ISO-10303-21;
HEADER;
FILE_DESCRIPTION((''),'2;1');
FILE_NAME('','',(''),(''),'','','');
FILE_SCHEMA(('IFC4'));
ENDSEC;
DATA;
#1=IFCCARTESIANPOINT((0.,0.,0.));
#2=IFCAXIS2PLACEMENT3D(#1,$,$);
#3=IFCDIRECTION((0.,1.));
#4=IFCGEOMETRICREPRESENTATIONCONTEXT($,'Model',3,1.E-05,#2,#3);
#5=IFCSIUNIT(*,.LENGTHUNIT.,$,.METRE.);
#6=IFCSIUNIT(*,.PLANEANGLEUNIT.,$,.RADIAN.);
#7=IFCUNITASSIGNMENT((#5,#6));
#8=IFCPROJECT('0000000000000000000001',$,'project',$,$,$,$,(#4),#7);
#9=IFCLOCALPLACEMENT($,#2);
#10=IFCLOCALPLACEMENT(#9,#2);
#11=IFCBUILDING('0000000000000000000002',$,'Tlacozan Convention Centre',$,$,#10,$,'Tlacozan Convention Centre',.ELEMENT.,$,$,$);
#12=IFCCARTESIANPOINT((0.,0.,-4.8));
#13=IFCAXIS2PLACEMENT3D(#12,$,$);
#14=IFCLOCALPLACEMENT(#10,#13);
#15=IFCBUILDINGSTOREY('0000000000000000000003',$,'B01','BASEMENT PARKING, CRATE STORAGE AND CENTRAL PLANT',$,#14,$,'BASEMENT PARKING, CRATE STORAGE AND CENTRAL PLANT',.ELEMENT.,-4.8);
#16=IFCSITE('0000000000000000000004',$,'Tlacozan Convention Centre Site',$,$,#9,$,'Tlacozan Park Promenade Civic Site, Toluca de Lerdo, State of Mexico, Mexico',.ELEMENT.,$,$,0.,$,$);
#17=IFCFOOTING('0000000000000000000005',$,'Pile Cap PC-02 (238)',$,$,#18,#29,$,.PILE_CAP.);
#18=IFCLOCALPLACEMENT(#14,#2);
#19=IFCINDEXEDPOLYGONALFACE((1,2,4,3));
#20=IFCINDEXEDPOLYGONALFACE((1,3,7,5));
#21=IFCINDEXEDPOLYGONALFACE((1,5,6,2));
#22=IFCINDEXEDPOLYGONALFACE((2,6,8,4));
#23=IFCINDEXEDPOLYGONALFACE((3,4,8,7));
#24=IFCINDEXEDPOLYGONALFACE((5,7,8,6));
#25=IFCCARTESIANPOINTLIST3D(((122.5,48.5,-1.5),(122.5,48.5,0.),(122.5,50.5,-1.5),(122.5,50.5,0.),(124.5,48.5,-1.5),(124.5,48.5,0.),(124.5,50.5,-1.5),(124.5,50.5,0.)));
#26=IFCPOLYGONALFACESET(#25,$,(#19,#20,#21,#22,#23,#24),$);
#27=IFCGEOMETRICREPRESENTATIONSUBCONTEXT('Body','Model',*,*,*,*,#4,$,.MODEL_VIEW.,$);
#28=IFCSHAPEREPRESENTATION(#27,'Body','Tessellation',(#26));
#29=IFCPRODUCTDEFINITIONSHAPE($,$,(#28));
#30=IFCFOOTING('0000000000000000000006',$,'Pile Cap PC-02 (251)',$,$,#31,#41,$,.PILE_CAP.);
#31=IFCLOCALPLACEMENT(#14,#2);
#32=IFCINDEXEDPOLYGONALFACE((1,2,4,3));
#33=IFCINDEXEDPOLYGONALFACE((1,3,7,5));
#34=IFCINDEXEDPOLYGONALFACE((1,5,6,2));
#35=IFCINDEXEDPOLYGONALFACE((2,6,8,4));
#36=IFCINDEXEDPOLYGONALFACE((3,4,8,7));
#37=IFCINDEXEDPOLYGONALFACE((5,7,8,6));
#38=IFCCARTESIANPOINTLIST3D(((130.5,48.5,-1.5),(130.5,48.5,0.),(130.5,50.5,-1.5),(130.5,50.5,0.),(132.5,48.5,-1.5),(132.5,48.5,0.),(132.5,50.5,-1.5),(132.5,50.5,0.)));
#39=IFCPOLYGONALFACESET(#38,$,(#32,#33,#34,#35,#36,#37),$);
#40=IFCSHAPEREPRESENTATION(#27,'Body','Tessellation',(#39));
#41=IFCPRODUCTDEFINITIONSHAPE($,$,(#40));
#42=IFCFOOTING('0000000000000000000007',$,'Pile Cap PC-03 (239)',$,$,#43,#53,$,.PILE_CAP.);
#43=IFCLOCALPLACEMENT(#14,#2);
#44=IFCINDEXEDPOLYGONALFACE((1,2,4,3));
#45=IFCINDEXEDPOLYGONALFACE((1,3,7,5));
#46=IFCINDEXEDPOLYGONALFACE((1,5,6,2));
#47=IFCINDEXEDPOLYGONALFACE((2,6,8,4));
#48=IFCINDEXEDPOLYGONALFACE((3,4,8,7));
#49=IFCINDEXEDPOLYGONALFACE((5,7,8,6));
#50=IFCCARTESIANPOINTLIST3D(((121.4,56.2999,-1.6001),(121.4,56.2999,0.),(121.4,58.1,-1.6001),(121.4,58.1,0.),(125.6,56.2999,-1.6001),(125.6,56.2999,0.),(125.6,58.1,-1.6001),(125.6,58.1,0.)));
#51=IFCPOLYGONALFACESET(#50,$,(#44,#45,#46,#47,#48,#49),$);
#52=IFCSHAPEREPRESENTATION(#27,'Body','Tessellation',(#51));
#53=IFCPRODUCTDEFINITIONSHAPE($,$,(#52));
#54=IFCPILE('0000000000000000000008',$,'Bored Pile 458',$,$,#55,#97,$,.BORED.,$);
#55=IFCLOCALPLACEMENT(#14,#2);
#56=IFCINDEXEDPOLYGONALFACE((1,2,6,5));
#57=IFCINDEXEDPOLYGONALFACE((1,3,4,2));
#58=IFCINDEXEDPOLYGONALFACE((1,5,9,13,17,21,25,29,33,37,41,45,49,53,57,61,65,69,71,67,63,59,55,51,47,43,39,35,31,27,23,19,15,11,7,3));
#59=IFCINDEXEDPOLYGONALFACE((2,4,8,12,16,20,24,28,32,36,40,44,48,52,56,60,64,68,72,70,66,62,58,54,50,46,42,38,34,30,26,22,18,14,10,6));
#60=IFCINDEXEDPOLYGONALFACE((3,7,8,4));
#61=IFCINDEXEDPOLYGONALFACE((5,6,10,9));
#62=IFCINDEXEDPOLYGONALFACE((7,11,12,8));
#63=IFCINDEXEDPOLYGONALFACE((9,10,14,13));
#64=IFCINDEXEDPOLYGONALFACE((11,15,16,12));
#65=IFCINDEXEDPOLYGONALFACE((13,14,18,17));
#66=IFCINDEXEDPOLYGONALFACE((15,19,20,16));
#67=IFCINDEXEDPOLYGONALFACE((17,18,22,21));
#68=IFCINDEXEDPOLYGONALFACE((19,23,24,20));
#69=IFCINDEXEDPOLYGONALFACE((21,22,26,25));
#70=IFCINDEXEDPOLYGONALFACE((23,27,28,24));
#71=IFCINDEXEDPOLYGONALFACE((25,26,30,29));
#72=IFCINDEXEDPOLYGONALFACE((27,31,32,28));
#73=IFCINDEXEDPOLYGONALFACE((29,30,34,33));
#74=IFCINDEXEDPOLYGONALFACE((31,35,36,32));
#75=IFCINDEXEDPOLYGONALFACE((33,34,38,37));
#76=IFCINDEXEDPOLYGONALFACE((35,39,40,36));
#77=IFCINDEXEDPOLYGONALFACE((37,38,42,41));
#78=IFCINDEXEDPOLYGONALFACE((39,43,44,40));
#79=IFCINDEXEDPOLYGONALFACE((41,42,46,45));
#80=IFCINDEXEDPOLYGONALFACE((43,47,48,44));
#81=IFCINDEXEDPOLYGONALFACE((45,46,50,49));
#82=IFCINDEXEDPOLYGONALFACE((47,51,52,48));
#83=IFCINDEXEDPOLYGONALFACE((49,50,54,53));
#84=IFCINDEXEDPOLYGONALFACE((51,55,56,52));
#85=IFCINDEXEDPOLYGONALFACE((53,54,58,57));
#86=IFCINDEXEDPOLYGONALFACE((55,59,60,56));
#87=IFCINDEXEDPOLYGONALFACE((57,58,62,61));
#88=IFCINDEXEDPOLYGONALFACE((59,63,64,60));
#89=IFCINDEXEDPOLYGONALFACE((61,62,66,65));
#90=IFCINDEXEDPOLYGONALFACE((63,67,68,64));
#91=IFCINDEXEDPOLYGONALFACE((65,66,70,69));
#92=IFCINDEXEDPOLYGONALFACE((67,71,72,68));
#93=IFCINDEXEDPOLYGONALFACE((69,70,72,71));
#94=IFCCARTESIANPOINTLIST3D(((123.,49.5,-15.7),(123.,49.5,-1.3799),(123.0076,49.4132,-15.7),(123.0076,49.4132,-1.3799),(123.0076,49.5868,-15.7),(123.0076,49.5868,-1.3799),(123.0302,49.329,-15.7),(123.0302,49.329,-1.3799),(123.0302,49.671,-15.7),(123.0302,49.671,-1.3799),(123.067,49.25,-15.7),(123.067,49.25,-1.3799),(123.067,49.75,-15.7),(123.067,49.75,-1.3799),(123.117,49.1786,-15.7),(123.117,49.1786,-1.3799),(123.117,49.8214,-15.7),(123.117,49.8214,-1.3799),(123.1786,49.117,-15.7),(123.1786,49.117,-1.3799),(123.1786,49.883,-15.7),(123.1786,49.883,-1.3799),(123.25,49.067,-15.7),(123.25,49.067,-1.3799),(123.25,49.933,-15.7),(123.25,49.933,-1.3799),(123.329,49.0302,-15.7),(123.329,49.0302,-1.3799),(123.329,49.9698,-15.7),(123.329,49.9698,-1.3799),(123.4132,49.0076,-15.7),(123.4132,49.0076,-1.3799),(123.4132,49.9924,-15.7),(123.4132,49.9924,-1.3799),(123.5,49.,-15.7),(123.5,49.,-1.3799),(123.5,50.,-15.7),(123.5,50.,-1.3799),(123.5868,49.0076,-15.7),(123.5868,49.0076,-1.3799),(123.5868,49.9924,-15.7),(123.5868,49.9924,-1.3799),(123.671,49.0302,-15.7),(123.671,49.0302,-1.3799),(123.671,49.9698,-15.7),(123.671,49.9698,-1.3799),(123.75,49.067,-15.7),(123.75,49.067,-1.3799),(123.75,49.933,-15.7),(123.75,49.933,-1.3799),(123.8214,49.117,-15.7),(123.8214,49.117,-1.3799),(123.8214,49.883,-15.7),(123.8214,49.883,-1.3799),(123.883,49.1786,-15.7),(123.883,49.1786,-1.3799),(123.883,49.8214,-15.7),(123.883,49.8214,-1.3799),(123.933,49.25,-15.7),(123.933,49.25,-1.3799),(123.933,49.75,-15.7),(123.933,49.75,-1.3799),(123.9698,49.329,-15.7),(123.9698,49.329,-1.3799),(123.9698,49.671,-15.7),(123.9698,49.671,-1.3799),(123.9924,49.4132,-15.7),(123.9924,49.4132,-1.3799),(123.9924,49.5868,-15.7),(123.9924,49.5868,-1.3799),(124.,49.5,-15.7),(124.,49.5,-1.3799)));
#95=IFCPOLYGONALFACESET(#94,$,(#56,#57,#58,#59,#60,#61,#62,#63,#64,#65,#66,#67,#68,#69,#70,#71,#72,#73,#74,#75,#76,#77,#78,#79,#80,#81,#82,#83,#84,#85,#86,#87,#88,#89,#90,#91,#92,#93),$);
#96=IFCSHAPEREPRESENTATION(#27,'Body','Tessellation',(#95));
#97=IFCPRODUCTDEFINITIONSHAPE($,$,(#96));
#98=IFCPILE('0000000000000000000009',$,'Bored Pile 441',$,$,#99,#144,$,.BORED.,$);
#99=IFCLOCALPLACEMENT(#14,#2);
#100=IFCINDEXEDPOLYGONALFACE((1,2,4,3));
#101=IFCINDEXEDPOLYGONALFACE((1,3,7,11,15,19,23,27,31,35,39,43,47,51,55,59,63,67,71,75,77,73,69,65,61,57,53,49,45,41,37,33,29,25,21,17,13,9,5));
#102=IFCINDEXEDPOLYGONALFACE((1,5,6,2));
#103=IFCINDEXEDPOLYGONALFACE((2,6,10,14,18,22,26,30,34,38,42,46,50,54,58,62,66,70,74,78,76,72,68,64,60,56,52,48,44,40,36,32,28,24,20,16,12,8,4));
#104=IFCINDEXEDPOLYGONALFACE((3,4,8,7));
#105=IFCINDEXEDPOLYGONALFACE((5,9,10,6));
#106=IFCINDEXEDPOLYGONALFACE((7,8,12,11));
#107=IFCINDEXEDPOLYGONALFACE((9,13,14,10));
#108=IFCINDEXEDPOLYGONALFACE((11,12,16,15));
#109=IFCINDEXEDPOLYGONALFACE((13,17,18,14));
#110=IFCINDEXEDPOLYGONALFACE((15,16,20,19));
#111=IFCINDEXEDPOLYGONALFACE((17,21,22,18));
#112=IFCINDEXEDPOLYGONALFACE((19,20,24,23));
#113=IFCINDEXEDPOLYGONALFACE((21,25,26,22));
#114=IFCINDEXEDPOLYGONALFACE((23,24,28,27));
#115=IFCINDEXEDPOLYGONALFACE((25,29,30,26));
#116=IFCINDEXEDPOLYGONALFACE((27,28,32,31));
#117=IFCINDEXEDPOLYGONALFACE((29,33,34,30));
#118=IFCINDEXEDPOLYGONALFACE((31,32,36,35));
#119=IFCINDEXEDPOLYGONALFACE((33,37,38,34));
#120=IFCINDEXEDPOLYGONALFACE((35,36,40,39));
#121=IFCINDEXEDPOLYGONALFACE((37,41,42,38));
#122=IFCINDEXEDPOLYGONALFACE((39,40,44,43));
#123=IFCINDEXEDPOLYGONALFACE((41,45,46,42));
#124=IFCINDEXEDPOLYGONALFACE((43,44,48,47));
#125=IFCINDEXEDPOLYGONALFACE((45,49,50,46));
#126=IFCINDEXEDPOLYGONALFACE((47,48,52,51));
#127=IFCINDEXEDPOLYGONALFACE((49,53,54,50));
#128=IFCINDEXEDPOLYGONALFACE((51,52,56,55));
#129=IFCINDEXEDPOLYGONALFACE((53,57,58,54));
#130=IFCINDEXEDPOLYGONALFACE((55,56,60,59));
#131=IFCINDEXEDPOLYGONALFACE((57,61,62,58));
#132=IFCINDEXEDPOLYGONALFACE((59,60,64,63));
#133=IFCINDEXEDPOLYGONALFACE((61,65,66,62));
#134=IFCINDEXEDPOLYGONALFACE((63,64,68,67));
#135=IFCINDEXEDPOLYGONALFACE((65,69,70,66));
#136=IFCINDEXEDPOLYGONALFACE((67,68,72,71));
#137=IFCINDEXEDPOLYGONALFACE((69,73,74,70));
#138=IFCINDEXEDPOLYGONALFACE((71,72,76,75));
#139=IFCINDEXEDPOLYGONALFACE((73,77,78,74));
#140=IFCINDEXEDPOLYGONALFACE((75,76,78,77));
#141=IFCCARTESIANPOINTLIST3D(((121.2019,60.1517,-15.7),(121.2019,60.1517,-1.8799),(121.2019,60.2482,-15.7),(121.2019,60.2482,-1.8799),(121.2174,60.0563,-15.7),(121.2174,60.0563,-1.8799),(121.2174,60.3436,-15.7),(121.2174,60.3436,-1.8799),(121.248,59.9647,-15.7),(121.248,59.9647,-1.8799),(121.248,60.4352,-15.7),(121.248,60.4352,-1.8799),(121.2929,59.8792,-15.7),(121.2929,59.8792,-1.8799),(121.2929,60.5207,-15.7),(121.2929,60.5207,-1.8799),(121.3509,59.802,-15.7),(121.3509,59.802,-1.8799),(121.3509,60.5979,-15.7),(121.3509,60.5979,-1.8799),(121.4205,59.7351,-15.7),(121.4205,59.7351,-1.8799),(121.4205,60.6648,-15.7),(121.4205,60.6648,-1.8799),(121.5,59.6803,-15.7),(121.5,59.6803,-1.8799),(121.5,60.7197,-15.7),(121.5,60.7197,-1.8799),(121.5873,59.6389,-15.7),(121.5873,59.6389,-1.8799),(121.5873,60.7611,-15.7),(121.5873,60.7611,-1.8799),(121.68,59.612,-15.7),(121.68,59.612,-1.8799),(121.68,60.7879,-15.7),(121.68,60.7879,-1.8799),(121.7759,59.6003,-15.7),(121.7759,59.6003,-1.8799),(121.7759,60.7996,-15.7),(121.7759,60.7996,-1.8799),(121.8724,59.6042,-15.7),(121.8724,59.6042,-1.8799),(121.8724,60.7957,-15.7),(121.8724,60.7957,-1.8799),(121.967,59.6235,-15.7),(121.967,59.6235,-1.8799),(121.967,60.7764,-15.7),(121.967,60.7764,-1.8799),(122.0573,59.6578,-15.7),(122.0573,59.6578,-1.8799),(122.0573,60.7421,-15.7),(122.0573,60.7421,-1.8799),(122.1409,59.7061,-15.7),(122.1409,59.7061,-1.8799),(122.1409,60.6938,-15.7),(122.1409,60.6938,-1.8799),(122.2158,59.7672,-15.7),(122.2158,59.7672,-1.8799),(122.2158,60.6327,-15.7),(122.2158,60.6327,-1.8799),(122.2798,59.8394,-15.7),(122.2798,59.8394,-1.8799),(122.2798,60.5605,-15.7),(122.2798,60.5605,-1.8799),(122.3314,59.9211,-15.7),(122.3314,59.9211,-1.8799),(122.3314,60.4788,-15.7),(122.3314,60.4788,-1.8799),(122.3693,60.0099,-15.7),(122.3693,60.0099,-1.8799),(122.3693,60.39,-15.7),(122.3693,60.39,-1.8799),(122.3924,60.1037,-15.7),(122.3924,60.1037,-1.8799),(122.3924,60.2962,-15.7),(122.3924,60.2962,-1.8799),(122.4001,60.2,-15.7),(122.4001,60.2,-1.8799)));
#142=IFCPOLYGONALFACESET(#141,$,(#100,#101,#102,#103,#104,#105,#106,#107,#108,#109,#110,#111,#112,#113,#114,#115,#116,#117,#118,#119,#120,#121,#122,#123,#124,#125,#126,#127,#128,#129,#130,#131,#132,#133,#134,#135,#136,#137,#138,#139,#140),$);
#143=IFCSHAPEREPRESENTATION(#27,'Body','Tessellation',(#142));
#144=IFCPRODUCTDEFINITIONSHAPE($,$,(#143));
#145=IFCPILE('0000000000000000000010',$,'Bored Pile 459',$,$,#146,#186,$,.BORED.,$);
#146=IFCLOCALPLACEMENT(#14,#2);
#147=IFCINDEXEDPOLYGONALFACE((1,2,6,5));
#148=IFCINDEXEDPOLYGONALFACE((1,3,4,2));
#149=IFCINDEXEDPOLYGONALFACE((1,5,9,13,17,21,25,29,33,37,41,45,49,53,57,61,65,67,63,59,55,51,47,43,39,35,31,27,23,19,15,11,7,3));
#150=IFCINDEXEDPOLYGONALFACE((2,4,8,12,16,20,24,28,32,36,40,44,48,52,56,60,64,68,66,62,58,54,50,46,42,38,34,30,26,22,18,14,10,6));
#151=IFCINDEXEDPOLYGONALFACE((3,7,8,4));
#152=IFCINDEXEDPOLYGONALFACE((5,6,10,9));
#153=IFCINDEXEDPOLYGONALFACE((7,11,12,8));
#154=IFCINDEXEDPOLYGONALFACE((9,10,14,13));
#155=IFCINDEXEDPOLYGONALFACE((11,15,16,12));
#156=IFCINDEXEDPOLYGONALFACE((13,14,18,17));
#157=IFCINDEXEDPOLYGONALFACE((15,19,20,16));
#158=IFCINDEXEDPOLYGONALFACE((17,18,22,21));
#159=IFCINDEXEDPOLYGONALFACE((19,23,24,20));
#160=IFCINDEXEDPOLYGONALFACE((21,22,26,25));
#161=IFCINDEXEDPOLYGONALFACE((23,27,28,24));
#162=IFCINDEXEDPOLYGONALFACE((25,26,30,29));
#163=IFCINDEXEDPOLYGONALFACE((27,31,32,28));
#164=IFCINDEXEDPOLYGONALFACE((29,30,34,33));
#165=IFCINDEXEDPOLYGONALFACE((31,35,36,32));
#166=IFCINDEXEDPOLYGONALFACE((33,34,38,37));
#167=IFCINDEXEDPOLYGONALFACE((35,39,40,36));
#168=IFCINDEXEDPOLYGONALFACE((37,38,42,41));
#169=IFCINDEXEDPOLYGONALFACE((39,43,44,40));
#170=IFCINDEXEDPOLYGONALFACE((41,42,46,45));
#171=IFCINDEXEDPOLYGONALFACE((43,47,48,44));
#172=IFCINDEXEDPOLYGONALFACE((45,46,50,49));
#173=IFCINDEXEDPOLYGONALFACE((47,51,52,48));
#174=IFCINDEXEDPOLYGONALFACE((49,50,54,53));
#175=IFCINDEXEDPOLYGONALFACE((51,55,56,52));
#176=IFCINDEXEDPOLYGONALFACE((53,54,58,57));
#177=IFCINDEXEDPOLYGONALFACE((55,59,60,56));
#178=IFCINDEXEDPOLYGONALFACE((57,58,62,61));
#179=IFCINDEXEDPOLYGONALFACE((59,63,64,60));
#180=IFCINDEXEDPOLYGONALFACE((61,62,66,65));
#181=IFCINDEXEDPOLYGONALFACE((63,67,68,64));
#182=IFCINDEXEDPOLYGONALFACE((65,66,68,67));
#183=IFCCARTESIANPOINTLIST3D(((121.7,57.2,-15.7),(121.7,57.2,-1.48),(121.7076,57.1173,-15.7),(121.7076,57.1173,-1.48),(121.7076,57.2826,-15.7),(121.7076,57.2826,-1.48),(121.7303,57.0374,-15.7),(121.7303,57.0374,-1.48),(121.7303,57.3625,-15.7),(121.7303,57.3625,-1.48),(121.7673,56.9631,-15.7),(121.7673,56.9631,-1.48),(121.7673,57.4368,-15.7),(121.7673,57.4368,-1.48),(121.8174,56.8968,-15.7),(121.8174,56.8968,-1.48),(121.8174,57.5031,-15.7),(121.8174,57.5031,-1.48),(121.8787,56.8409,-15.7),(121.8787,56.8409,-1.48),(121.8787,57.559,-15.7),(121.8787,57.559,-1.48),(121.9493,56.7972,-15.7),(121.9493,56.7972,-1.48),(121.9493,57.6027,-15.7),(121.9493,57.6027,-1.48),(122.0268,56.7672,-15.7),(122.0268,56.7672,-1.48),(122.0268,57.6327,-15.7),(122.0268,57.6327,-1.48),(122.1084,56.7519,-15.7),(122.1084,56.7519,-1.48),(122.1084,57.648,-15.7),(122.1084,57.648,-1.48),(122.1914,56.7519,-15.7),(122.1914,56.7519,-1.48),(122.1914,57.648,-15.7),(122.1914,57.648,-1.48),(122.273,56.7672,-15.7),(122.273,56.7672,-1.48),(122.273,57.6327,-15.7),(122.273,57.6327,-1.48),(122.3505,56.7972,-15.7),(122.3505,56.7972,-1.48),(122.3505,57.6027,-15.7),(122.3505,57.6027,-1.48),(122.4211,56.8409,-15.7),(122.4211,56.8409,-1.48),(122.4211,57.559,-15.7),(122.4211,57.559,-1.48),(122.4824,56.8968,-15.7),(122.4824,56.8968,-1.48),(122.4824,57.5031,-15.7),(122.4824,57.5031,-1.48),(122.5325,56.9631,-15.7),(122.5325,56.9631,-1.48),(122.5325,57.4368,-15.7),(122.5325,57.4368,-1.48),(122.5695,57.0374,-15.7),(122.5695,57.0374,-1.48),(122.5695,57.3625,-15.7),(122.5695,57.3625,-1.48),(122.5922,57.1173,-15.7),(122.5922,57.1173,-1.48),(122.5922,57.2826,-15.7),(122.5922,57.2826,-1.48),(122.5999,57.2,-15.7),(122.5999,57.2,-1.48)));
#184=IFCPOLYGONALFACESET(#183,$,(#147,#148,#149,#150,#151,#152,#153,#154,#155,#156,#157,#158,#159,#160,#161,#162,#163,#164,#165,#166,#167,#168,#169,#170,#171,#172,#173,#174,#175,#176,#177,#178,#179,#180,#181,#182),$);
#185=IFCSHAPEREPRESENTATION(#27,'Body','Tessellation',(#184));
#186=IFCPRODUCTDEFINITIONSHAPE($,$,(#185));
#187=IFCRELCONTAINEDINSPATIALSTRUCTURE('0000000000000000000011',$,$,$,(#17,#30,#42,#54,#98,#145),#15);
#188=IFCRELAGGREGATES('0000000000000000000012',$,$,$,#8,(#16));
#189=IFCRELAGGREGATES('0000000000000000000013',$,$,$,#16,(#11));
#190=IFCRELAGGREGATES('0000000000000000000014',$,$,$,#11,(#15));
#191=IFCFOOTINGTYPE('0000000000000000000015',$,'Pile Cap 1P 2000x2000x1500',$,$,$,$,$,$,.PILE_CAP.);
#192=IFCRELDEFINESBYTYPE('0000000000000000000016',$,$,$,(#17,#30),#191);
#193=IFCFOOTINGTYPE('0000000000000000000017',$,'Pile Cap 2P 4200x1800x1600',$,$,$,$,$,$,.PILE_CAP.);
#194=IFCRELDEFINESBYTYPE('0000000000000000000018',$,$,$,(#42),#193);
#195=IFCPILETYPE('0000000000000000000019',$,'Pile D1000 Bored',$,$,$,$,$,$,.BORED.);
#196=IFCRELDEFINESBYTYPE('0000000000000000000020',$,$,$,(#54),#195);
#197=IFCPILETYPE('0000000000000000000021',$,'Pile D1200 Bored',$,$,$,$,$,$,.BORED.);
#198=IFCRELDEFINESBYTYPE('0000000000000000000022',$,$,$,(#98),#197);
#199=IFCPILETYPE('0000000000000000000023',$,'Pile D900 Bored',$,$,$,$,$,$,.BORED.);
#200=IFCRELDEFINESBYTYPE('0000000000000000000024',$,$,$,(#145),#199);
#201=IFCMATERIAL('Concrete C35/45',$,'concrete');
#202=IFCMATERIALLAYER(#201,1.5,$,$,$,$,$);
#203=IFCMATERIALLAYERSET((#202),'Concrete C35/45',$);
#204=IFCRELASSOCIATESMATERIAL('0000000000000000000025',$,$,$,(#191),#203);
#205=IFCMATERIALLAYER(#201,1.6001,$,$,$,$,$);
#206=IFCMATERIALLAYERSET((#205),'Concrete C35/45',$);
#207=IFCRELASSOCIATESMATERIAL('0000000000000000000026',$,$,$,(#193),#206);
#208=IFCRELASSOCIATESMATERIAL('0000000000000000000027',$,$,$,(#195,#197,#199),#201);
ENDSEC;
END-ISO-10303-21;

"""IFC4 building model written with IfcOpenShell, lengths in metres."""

from ifc_helpers import new_model, si_unit, direction, frame, origin, origin_2d, place, context, subcontext, project, spatial, rectangle, circle, extrude, material, layer, layer_set, material_profile, profile_set, type_object, element, save


model = new_model("IFC4")

# Units and contexts
model_context = context("Model", 3, precision=1e-05, world=origin(), true_north=direction((0.0, 1.0)))
body_context = subcontext(model_context, "Body", "Model", "MODEL_VIEW")
ifc_project = project(units=[si_unit("LENGTHUNIT", "METRE"), si_unit("PLANEANGLEUNIT", "RADIAN")], contexts=[model_context])

# Site, building, storey
site_placement = place(None, origin())
site = spatial("IfcSite", under=ifc_project, at=site_placement, Name="Tlacozan Convention Centre Site", LongName="Tlacozan Park Promenade Civic Site, Toluca de Lerdo, State of Mexico, Mexico", CompositionType="ELEMENT", RefElevation=0.0)
building_placement = place(site_placement, origin())
building = spatial("IfcBuilding", under=site, at=building_placement, Name="Tlacozan Convention Centre", LongName="Tlacozan Convention Centre", CompositionType="ELEMENT")
storey_placement = place(building_placement, frame((0.0, 0.0, -4.8)))
storey = spatial("IfcBuildingStorey", under=building, at=storey_placement, Name="B01", Description="BASEMENT PARKING, CRATE STORAGE AND CENTRAL PLANT", LongName="BASEMENT PARKING, CRATE STORAGE AND CENTRAL PLANT", CompositionType="ELEMENT", Elevation=-4.8)

# Footings
ifc_material_1 = material(Name="Concrete C35/45", Category="concrete")
ifc_layer_1 = layer(ifc_material_1, 1.5)
ifc_layer_set_1 = layer_set([ifc_layer_1], Name="Concrete C35/45")
footing_type_1 = type_object("IfcFootingType", Name="Pile Cap 1P 2000x2000x1500", PredefinedType="PILE_CAP", material=ifc_layer_set_1)
for number, where, z_axis, x_axis, name in (
    (1, (123.5, 49.5, -1.5), (0.0, 0.0, 1.0), (1.0, 0.0, 0.0), "Pile Cap PC-02 (238)"),
    (2, (131.5, 49.5, -1.5), (0.0, 0.0, 1.0), (1.0, 0.0, 0.0), "Pile Cap PC-02 (251)"),
):
    element("IfcFooting", number, at=place(storey_placement, frame(where, z_axis=z_axis, x_axis=x_axis)), inside=storey, type_object=footing_type_1, Name=name, PredefinedType="PILE_CAP", context=body_context, shape_type="SweptSolid", body=[
        extrude(rectangle(XDim=2.0, YDim=2.0, at=origin_2d()), origin(), (0.0, 0.0, 1.0), 1.5),
    ])
ifc_layer_2 = layer(ifc_material_1, 1.6001)
ifc_layer_set_2 = layer_set([ifc_layer_2], Name="Concrete C35/45")
footing_type_2 = type_object("IfcFootingType", Name="Pile Cap 2P 4200x1800x1600", PredefinedType="PILE_CAP", material=ifc_layer_set_2)
footing_placement = place(storey_placement, frame((123.5, 57.2, -1.6001), z_axis=(0.0, 0.0, 1.0), x_axis=(1.0, 0.0, 0.0)))
element("IfcFooting", 3, at=footing_placement, inside=storey, type_object=footing_type_2, Name="Pile Cap PC-03 (239)", PredefinedType="PILE_CAP", context=body_context, shape_type="SweptSolid", body=[
    extrude(rectangle(XDim=4.2, YDim=1.8, at=origin_2d()), origin(), (0.0, 0.0, 1.0), 1.6001),
])

# Piles
ifc_material_profile_1 = material_profile(ifc_material_1, circle(Radius=0.5, at=origin_2d()), Name="PILE D1000")
ifc_profile_set_1 = profile_set([ifc_material_profile_1], Name="Concrete C35/45")
pile_type_1 = type_object("IfcPileType", Name="Pile D1000 Bored", PredefinedType="BORED", material=ifc_profile_set_1)
pile_1_placement = place(storey_placement, frame((123.5, 49.5, -1.3799), z_axis=(0.0, 0.0, -1.0), x_axis=(1.0, 0.0, 0.0)))
element("IfcPile", 4, at=pile_1_placement, inside=storey, type_object=pile_type_1, Name="Bored Pile 458", PredefinedType="BORED", context=body_context, shape_type="SweptSolid", body=[
    extrude(circle(Radius=0.5, at=origin_2d()), origin(), (0.0, 0.0, 1.0), 14.3201),
])
ifc_material_profile_2 = material_profile(ifc_material_1, circle(Radius=0.6001, at=origin_2d()), Name="PILE D1200")
ifc_profile_set_2 = profile_set([ifc_material_profile_2], Name="Concrete C35/45")
pile_type_2 = type_object("IfcPileType", Name="Pile D1200 Bored", PredefinedType="BORED", material=ifc_profile_set_2)
pile_2_placement = place(storey_placement, frame((121.8, 60.2, -1.8799), z_axis=(0.0, 0.0, -1.0), x_axis=(1.0, 0.0, 0.0)))
element("IfcPile", 5, at=pile_2_placement, inside=storey, type_object=pile_type_2, Name="Bored Pile 441", PredefinedType="BORED", context=body_context, shape_type="SweptSolid", body=[
    extrude(circle(Radius=0.6001, at=origin_2d()), origin(), (0.0, 0.0, 1.0), 13.8201),
])
ifc_material_profile_3 = material_profile(ifc_material_1, circle(Radius=0.45, at=origin_2d()), Name="PILE D900")
ifc_profile_set_3 = profile_set([ifc_material_profile_3], Name="Concrete C35/45")
pile_type_3 = type_object("IfcPileType", Name="Pile D900 Bored", PredefinedType="BORED", material=ifc_profile_set_3)
for number, where, z_axis, x_axis, name in (
    (6, (122.1499, 57.2, -1.48), (0.0, 0.0, -1.0), (1.0, 0.0, 0.0), "Bored Pile 459"),
):
    element("IfcPile", number, at=place(storey_placement, frame(where, z_axis=z_axis, x_axis=x_axis)), inside=storey, type_object=pile_type_3, Name=name, PredefinedType="BORED", context=body_context, shape_type="SweptSolid", body=[
        extrude(circle(Radius=0.45, at=origin_2d()), origin(), (0.0, 0.0, 1.0), 14.22),
    ])

save(model, "model.ifc")
